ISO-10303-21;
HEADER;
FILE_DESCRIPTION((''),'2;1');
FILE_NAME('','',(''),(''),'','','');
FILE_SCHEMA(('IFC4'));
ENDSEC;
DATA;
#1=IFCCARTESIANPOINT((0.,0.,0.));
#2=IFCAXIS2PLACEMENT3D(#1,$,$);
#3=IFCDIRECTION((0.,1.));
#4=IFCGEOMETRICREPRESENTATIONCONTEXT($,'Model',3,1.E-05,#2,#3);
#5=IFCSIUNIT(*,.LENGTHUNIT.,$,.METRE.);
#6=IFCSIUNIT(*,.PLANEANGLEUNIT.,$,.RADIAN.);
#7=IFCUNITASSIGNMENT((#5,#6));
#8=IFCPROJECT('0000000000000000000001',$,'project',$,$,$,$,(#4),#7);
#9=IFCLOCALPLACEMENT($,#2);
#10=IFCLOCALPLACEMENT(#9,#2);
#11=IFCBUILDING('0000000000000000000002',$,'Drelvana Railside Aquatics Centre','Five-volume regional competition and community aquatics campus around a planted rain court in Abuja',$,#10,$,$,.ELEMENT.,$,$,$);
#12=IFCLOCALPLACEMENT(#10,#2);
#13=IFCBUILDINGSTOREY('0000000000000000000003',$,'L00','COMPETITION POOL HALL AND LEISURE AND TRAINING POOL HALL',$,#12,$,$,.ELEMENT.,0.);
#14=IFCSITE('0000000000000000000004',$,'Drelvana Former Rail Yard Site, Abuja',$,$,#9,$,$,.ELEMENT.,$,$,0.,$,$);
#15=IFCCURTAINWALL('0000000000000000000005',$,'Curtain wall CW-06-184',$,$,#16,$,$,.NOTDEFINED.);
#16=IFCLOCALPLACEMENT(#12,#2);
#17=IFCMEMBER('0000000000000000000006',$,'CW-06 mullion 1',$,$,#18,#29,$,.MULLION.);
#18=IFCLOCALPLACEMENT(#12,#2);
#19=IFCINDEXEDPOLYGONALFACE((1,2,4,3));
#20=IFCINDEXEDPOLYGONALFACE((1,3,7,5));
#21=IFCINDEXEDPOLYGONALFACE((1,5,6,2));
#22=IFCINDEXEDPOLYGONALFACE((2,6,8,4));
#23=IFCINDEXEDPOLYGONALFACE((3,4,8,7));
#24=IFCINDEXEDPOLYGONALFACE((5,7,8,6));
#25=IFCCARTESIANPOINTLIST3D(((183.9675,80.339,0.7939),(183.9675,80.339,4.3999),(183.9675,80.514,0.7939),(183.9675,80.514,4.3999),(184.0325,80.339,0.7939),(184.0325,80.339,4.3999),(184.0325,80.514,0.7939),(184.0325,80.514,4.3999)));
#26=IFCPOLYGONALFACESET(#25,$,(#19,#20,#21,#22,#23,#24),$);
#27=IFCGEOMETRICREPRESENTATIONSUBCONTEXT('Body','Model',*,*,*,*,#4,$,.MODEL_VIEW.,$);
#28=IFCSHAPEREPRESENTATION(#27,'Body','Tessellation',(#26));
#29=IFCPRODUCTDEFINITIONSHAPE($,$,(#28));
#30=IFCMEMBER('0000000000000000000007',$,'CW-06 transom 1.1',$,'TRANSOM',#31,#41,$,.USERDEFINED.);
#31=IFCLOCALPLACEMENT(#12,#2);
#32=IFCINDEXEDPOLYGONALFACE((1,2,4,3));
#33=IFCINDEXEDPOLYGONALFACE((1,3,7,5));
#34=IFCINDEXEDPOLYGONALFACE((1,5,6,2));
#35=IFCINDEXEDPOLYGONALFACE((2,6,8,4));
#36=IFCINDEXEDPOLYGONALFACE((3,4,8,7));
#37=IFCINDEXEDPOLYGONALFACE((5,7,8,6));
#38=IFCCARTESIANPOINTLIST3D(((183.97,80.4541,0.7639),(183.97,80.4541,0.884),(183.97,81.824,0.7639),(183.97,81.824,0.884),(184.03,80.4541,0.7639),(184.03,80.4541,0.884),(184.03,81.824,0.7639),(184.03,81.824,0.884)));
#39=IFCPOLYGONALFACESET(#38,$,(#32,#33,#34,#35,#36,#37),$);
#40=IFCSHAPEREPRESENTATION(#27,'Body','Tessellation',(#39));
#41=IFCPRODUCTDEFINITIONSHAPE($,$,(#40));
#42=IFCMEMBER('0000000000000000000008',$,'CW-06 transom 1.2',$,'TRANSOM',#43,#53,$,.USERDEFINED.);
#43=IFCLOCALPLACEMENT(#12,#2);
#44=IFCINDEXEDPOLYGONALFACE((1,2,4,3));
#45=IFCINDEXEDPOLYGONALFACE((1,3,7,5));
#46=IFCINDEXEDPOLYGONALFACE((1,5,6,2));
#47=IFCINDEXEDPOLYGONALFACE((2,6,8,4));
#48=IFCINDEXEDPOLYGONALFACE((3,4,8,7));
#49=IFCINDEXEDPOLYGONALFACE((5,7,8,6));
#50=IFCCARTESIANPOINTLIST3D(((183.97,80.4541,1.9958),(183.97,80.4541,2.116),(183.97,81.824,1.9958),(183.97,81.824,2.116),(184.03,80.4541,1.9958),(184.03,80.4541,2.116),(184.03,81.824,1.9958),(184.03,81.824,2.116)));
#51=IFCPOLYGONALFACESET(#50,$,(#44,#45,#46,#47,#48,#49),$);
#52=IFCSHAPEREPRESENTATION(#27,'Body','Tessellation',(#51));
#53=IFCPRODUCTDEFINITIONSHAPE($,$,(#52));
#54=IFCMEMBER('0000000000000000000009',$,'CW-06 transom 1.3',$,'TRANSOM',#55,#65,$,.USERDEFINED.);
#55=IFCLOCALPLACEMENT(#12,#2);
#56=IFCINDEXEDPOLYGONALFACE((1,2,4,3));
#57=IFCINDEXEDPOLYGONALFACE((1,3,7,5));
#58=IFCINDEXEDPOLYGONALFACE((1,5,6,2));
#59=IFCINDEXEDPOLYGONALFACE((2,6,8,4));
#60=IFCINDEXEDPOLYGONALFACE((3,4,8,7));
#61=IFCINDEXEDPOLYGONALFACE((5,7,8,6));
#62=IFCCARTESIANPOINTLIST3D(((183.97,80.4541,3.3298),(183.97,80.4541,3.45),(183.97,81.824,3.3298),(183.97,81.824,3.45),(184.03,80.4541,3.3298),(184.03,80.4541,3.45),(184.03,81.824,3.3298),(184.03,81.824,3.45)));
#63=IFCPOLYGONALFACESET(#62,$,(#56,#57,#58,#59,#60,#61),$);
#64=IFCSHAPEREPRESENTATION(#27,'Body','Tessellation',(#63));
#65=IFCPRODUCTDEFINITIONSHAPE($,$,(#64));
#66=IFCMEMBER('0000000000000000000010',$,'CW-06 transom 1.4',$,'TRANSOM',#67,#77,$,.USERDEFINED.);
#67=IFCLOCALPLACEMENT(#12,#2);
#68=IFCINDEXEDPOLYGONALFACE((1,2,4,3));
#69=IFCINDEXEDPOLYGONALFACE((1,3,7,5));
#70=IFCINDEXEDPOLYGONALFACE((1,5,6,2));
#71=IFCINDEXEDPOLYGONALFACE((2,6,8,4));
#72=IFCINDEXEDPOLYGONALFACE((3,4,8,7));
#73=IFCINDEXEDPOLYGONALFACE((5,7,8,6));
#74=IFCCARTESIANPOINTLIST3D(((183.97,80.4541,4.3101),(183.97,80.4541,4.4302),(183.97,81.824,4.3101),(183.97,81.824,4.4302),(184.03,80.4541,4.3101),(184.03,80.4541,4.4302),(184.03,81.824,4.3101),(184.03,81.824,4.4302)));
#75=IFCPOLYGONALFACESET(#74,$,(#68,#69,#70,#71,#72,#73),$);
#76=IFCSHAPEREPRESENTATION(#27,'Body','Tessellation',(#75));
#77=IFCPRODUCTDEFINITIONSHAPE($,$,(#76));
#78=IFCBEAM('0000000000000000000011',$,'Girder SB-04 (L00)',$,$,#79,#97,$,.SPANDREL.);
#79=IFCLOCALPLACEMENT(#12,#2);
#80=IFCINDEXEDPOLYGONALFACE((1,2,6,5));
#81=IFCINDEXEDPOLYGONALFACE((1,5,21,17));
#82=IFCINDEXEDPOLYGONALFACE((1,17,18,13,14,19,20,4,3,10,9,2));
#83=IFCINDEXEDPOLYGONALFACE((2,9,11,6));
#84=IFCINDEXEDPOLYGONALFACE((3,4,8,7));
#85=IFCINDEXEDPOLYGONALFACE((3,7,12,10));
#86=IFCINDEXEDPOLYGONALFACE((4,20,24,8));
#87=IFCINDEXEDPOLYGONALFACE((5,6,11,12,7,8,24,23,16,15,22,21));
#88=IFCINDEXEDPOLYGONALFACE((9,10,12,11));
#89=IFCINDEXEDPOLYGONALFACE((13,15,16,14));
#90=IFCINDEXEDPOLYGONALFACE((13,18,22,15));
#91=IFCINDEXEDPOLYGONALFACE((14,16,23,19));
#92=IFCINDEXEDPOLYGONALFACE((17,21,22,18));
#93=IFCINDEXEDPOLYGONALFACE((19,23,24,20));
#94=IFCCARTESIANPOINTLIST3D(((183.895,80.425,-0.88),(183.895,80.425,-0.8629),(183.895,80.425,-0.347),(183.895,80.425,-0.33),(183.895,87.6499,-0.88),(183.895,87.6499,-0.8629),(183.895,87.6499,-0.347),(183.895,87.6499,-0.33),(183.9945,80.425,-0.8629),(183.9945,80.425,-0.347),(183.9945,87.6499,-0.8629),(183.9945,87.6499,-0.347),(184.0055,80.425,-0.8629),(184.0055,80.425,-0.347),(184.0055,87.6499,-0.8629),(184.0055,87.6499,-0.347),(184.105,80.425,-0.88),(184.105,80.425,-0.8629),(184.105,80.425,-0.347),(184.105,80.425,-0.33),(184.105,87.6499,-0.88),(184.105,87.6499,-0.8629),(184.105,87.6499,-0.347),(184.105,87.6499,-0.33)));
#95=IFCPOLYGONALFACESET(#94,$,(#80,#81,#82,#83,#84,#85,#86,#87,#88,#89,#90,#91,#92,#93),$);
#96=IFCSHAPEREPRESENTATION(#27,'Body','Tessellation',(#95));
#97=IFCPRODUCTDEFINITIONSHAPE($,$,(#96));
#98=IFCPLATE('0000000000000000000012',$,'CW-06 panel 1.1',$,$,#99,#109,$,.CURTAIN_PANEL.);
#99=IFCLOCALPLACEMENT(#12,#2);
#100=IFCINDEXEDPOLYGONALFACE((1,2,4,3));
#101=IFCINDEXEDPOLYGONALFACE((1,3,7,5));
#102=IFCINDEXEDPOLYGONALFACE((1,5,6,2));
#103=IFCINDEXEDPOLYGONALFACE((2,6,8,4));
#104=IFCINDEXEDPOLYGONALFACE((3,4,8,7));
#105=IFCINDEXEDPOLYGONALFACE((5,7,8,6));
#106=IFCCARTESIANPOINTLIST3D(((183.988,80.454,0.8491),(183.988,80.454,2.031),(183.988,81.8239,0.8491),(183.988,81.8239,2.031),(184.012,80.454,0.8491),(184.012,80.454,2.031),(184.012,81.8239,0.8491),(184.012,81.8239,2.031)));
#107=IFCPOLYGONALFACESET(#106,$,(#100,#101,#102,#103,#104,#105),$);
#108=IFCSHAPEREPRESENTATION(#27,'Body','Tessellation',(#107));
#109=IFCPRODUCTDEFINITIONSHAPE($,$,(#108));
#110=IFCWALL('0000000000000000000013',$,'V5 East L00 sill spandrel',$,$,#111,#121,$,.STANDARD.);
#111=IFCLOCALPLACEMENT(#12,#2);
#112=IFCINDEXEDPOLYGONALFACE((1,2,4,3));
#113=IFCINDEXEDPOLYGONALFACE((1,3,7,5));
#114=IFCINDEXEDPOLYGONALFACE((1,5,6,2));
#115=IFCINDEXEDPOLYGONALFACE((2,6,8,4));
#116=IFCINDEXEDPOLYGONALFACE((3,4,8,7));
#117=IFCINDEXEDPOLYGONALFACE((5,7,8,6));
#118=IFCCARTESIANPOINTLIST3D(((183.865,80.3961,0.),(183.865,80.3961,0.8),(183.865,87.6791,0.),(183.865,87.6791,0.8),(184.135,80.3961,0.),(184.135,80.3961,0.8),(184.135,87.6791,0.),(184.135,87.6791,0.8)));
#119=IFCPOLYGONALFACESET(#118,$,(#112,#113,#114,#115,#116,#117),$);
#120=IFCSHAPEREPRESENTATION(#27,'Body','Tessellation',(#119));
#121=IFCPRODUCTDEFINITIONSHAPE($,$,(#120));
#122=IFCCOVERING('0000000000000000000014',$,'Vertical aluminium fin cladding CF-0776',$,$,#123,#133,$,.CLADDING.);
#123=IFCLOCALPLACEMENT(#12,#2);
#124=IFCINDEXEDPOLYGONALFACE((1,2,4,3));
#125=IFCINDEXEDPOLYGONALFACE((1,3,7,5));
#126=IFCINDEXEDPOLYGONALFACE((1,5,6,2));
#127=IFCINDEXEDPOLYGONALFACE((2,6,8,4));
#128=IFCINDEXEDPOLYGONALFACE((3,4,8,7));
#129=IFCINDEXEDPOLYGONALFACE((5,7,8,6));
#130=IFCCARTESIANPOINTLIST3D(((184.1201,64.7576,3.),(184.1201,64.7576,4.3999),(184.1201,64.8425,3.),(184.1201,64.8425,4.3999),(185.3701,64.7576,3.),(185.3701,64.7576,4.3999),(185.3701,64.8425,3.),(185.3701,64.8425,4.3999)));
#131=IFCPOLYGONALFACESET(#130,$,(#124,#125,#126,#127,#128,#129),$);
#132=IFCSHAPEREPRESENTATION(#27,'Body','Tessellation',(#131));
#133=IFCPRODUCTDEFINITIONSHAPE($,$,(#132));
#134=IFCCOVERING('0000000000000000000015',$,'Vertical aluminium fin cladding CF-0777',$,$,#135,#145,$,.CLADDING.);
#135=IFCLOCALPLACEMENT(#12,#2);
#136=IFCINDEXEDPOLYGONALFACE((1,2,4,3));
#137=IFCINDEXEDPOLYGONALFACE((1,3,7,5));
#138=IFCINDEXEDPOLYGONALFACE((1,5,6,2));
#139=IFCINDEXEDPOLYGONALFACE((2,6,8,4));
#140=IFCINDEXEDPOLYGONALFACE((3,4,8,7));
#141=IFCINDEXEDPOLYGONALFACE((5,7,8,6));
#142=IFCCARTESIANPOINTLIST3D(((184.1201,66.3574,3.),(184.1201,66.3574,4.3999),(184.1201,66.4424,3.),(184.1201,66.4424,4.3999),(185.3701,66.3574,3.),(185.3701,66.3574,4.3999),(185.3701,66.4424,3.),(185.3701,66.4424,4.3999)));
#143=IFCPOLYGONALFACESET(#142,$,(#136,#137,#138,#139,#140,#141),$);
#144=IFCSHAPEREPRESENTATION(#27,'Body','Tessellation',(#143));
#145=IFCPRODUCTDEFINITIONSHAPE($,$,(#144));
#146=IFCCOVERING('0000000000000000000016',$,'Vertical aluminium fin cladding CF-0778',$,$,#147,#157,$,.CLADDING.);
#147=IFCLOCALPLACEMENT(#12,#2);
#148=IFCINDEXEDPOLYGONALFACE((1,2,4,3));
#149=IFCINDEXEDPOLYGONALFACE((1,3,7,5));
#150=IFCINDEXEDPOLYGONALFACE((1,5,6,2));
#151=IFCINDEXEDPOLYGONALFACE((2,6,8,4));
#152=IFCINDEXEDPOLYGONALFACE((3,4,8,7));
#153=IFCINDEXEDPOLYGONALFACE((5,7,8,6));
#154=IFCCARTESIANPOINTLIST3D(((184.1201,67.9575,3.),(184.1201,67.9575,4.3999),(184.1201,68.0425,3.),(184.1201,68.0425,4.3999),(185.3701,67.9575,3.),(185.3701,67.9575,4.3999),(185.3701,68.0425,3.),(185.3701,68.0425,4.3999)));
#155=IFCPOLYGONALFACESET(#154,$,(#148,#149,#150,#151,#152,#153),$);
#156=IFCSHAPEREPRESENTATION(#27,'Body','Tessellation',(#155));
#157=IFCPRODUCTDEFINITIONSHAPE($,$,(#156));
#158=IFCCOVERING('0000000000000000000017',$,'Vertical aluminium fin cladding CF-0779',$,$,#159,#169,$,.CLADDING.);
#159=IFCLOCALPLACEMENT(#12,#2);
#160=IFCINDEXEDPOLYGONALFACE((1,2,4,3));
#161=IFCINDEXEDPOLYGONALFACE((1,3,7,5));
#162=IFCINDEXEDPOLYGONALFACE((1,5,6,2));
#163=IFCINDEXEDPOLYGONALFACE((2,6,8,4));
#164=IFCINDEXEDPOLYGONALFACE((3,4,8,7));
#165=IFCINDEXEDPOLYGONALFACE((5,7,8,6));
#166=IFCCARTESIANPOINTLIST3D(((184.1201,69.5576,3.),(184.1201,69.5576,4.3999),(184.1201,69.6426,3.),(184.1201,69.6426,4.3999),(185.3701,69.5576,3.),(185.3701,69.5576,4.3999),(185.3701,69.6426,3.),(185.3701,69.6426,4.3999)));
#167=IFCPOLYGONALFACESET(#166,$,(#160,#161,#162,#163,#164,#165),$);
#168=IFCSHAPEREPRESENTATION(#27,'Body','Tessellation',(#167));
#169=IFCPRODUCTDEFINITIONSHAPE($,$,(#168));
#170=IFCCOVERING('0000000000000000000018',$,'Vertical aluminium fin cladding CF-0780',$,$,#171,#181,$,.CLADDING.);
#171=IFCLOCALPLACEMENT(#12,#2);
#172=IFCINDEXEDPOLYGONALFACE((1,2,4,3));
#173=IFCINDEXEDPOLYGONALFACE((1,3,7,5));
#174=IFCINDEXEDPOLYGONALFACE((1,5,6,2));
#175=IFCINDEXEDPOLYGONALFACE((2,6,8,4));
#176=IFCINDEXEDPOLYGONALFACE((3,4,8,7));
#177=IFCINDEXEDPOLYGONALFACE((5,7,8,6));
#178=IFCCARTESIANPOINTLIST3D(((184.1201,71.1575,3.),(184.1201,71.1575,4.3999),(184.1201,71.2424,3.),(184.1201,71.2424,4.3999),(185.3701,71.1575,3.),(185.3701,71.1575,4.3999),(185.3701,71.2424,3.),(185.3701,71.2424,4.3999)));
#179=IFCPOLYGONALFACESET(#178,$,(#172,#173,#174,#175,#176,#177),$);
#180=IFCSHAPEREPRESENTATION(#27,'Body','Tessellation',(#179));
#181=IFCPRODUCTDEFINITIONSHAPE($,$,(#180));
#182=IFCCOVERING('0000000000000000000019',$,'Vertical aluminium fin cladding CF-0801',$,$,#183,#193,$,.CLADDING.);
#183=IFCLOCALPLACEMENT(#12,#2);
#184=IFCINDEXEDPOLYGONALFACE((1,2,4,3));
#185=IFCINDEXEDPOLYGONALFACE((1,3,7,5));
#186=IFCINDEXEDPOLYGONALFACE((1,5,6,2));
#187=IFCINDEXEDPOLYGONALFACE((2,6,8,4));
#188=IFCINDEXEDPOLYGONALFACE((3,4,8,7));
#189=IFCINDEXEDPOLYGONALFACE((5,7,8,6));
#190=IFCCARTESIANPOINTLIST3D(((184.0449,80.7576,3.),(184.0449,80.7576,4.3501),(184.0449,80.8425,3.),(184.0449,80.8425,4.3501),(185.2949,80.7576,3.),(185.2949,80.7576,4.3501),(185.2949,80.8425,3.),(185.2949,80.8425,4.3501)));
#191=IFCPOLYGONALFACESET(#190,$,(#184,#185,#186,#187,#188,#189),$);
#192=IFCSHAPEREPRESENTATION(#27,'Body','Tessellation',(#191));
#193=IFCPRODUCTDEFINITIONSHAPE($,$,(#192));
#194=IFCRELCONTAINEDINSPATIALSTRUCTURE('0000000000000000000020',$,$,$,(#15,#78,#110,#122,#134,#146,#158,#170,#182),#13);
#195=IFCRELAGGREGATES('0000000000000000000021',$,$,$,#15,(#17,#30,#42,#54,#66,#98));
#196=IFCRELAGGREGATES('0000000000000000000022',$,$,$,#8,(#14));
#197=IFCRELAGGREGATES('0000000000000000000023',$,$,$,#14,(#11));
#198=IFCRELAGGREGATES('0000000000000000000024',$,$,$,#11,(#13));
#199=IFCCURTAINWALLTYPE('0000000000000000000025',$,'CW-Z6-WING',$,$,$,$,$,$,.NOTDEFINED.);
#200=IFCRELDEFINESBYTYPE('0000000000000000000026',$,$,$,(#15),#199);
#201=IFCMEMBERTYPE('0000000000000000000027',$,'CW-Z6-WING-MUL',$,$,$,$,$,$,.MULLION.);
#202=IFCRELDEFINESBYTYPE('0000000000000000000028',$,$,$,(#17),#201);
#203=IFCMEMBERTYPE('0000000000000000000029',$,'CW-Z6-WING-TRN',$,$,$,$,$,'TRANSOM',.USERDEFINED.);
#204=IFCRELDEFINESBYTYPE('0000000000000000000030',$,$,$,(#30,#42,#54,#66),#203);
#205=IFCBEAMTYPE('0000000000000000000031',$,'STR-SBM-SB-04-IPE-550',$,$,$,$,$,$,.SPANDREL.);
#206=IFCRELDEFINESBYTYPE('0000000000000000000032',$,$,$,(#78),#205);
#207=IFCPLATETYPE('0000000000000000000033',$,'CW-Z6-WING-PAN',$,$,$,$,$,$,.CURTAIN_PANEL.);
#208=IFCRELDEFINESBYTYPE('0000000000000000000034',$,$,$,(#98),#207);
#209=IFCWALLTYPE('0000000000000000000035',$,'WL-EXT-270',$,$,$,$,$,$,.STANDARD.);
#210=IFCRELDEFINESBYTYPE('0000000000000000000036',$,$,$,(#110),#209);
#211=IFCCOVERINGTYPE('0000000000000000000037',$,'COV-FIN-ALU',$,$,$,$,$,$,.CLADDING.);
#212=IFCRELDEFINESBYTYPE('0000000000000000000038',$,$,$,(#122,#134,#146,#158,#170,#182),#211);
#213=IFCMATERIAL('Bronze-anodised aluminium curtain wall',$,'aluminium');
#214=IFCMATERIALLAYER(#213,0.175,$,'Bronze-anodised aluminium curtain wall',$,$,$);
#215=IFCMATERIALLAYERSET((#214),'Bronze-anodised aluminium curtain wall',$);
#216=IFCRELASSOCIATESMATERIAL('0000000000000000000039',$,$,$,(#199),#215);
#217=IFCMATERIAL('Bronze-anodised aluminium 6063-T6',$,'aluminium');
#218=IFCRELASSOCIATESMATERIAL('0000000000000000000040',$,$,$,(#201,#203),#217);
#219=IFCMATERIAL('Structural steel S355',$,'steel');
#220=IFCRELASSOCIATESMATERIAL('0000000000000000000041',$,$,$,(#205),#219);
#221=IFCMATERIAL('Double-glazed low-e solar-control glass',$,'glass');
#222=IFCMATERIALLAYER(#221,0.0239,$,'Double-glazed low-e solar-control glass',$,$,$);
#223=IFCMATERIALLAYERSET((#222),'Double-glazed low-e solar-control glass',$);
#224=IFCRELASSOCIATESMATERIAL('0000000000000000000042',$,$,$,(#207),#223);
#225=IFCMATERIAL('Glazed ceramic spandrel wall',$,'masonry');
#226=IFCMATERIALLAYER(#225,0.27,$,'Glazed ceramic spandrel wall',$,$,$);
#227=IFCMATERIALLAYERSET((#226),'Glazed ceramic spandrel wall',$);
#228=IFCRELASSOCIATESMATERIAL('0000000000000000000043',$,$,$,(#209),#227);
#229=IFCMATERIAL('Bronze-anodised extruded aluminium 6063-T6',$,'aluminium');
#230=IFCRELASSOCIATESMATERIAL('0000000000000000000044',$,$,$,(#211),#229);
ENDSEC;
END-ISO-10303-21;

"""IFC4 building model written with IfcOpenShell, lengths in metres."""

from ifc_helpers import new_model, si_unit, direction, frame, frame_2d, origin, origin_2d, place, context, subcontext, project, spatial, rectangle, i_section, extrude, material, layer, layer_set, material_profile, profile_set, type_object, element, aggregate, save


model = new_model("IFC4")

# Units and contexts
model_context = context("Model", 3, precision=1e-05, world=origin(), true_north=direction((0.0, 1.0)))
body_context = subcontext(model_context, "Body", "Model", "MODEL_VIEW")
ifc_project = project(units=[si_unit("LENGTHUNIT", "METRE"), si_unit("PLANEANGLEUNIT", "RADIAN")], contexts=[model_context])

# Site, building, storey
site_placement = place(None, origin())
site = spatial("IfcSite", under=ifc_project, at=site_placement, Name="Drelvana Former Rail Yard Site, Abuja", CompositionType="ELEMENT", RefElevation=0.0)
building_placement = place(site_placement, origin())
building = spatial("IfcBuilding", under=site, at=building_placement, Name="Drelvana Railside Aquatics Centre", Description="Five-volume regional competition and community aquatics campus around a planted rain court in Abuja", CompositionType="ELEMENT")
storey_placement = place(building_placement, origin())
storey = spatial("IfcBuildingStorey", under=building, at=storey_placement, Name="L00", Description="COMPETITION POOL HALL AND LEISURE AND TRAINING POOL HALL", CompositionType="ELEMENT", Elevation=0.0)

# Curtain wall, members
ifc_material_1 = material(Name="Bronze-anodised aluminium curtain wall", Category="aluminium")
ifc_layer_1 = layer(ifc_material_1, 0.175, Name="Bronze-anodised aluminium curtain wall")
ifc_layer_set_1 = layer_set([ifc_layer_1], Name="Bronze-anodised aluminium curtain wall")
curtain_wall_type = type_object("IfcCurtainWallType", Name="CW-Z6-WING", PredefinedType="NOTDEFINED", material=ifc_layer_set_1)
curtain_wall_placement = place(storey_placement, origin())
curtain_wall = element("IfcCurtainWall", 1, at=curtain_wall_placement, inside=storey, type_object=curtain_wall_type, Name="Curtain wall CW-06-184", PredefinedType="NOTDEFINED")
ifc_material_2 = material(Name="Bronze-anodised aluminium 6063-T6", Category="aluminium")
ifc_material_profile_1 = material_profile(ifc_material_2, rectangle(XDim=0.0649, YDim=0.175, at=origin_2d()), Name="ALU-M 65x175")
ifc_profile_set_1 = profile_set([ifc_material_profile_1], Name="Bronze-anodised aluminium 6063-T6")
member_type_1 = type_object("IfcMemberType", Name="CW-Z6-WING-MUL", PredefinedType="MULLION", material=ifc_profile_set_1)
member_1_placement = place(storey_placement, frame((184.0, 80.4265, 0.7939), z_axis=(0.0, 0.0, 1.0), x_axis=(-1.0, 0.0, 0.0)))
member_1 = element("IfcMember", 2, at=member_1_placement, type_object=member_type_1, Name="CW-06 mullion 1", PredefinedType="MULLION", context=body_context, shape_type="SweptSolid", body=[
    extrude(rectangle(XDim=0.0649, YDim=0.175, at=origin_2d()), origin(), (0.0, 0.0, 1.0), 3.606),
])
ifc_material_profile_2 = material_profile(ifc_material_2, rectangle(XDim=0.1201, YDim=0.0601, at=origin_2d()), Name="ALU-T 60x120")
ifc_profile_set_2 = profile_set([ifc_material_profile_2], Name="Bronze-anodised aluminium 6063-T6")
member_type_2 = type_object("IfcMemberType", Name="CW-Z6-WING-TRN", ElementType="TRANSOM", PredefinedType="USERDEFINED", material=ifc_profile_set_2)
member_2_placement = place(storey_placement, frame((184.0, 80.4541, 0.824), z_axis=(0.0, 1.0, 0.0), x_axis=(0.0, 0.0, 1.0)))
member_2 = element("IfcMember", 3, at=member_2_placement, type_object=member_type_2, Name="CW-06 transom 1.1", ObjectType="TRANSOM", PredefinedType="USERDEFINED", context=body_context, shape_type="SweptSolid", body=[
    extrude(rectangle(XDim=0.1201, YDim=0.0601, at=origin_2d()), origin(), (0.0, 0.0, 1.0), 1.3699),
])
member_3_placement = place(storey_placement, frame((184.0, 80.4541, 2.0559), z_axis=(0.0, 1.0, 0.0), x_axis=(0.0, 0.0, 1.0)))
member_3 = element("IfcMember", 4, at=member_3_placement, type_object=member_type_2, Name="CW-06 transom 1.2", ObjectType="TRANSOM", PredefinedType="USERDEFINED", context=body_context, shape_type="SweptSolid", body=[
    extrude(rectangle(XDim=0.1201, YDim=0.0601, at=origin_2d()), origin(), (0.0, 0.0, 1.0), 1.3699),
])
member_4_placement = place(storey_placement, frame((184.0, 80.4541, 3.3899), z_axis=(0.0, 1.0, 0.0), x_axis=(0.0, 0.0, 1.0)))
member_4 = element("IfcMember", 5, at=member_4_placement, type_object=member_type_2, Name="CW-06 transom 1.3", ObjectType="TRANSOM", PredefinedType="USERDEFINED", context=body_context, shape_type="SweptSolid", body=[
    extrude(rectangle(XDim=0.1201, YDim=0.0601, at=origin_2d()), origin(), (0.0, 0.0, 1.0), 1.3699),
])
member_5_placement = place(storey_placement, frame((184.0, 80.4541, 4.3701), z_axis=(0.0, 1.0, 0.0), x_axis=(0.0, 0.0, 1.0)))
member_5 = element("IfcMember", 6, at=member_5_placement, type_object=member_type_2, Name="CW-06 transom 1.4", ObjectType="TRANSOM", PredefinedType="USERDEFINED", context=body_context, shape_type="SweptSolid", body=[
    extrude(rectangle(XDim=0.1201, YDim=0.0601, at=origin_2d()), origin(), (0.0, 0.0, 1.0), 1.3699),
])

# Beam
ifc_material_3 = material(Name="Structural steel S355", Category="steel")
ifc_material_profile_3 = material_profile(ifc_material_3, i_section(OverallWidth=0.21, OverallDepth=0.55, WebThickness=0.011, FlangeThickness=0.0171, at=origin_2d()), Name="IPE 550")
ifc_profile_set_3 = profile_set([ifc_material_profile_3], Name="Structural steel S355")
beam_type = type_object("IfcBeamType", Name="STR-SBM-SB-04-IPE-550", PredefinedType="SPANDREL", material=ifc_profile_set_3)
beam_placement = place(storey_placement, frame((184.0, 80.425, -0.605), z_axis=(0.0, 1.0, 0.0), x_axis=(-1.0, 0.0, 0.0)))
element("IfcBeam", 7, at=beam_placement, inside=storey, type_object=beam_type, Name="Girder SB-04 (L00)", PredefinedType="SPANDREL", context=body_context, shape_type="SweptSolid", body=[
    extrude(i_section(OverallWidth=0.21, OverallDepth=0.55, WebThickness=0.011, FlangeThickness=0.0171, at=origin_2d()), origin(), (0.0, 0.0, 1.0), 7.2249),
])

# Plate
ifc_material_4 = material(Name="Double-glazed low-e solar-control glass", Category="glass")
ifc_layer_2 = layer(ifc_material_4, 0.0239, Name="Double-glazed low-e solar-control glass")
ifc_layer_set_2 = layer_set([ifc_layer_2], Name="Double-glazed low-e solar-control glass")
plate_type = type_object("IfcPlateType", Name="CW-Z6-WING-PAN", PredefinedType="CURTAIN_PANEL", material=ifc_layer_set_2)
plate_placement = place(storey_placement, frame((184.0, 81.1389, 0.8491), z_axis=(0.0, 0.0, 1.0), x_axis=(0.0, 1.0, 0.0)))
plate = element("IfcPlate", 8, at=plate_placement, type_object=plate_type, Name="CW-06 panel 1.1", PredefinedType="CURTAIN_PANEL", context=body_context, shape_type="SweptSolid", body=[
    extrude(rectangle(XDim=1.3699, YDim=0.0239, at=origin_2d()), origin(), (0.0, 0.0, 1.0), 1.1819),
])
aggregate(curtain_wall, [member_1, member_2, member_3, member_4, member_5, plate])

# Wall
ifc_material_5 = material(Name="Glazed ceramic spandrel wall", Category="masonry")
ifc_layer_3 = layer(ifc_material_5, 0.27, Name="Glazed ceramic spandrel wall")
ifc_layer_set_3 = layer_set([ifc_layer_3], Name="Glazed ceramic spandrel wall")
wall_type = type_object("IfcWallType", Name="WL-EXT-270", PredefinedType="STANDARD", material=ifc_layer_set_3)
wall_placement = place(storey_placement, frame((184.0, 80.396, 0.0), z_axis=(0.0, 0.0, 1.0), x_axis=(0.0, 1.0, 0.0)))
element("IfcWall", 9, at=wall_placement, inside=storey, type_object=wall_type, Name="V5 East L00 sill spandrel", PredefinedType="STANDARD", context=body_context, shape_type="SweptSolid", body=[
    extrude(rectangle(XDim=7.283, YDim=0.27, at=frame_2d((3.6416, 0.0))), origin(), (0.0, 0.0, 1.0), 0.8),
])

# Coverings
ifc_material_6 = material(Name="Bronze-anodised extruded aluminium 6063-T6", Category="aluminium")
covering_type = type_object("IfcCoveringType", Name="COV-FIN-ALU", PredefinedType="CLADDING", material=ifc_material_6)
for number, where, z_axis, x_axis, name in (
    (10, (184.7451, 64.8, 3.0), (0.0, 0.0, 1.0), (0.0, -1.0, 0.0), "Vertical aluminium fin cladding CF-0776"),
    (11, (184.7451, 66.3999, 3.0), (0.0, 0.0, 1.0), (0.0, -1.0, 0.0), "Vertical aluminium fin cladding CF-0777"),
    (12, (184.7451, 68.0, 3.0), (0.0, 0.0, 1.0), (0.0, -1.0, 0.0), "Vertical aluminium fin cladding CF-0778"),
    (13, (184.7451, 69.6001, 3.0), (0.0, 0.0, 1.0), (0.0, -1.0, 0.0), "Vertical aluminium fin cladding CF-0779"),
    (14, (184.7451, 71.2, 3.0), (0.0, 0.0, 1.0), (0.0, -1.0, 0.0), "Vertical aluminium fin cladding CF-0780"),
):
    element("IfcCovering", number, at=place(storey_placement, frame(where, z_axis=z_axis, x_axis=x_axis)), inside=storey, type_object=covering_type, Name=name, PredefinedType="CLADDING", context=body_context, shape_type="SweptSolid", body=[
        extrude(rectangle(XDim=0.085, YDim=1.25, at=origin_2d()), origin(), (0.0, 0.0, 1.0), 1.3999),
    ])
covering_placement = place(storey_placement, frame((184.6699, 80.8, 3.0), z_axis=(0.0, 0.0, 1.0), x_axis=(0.0, -1.0, 0.0)))
element("IfcCovering", 15, at=covering_placement, inside=storey, type_object=covering_type, Name="Vertical aluminium fin cladding CF-0801", PredefinedType="CLADDING", context=body_context, shape_type="SweptSolid", body=[
    extrude(rectangle(XDim=0.085, YDim=1.25, at=origin_2d()), origin(), (0.0, 0.0, 1.0), 1.3501),
])

save(model, "model.ifc")
